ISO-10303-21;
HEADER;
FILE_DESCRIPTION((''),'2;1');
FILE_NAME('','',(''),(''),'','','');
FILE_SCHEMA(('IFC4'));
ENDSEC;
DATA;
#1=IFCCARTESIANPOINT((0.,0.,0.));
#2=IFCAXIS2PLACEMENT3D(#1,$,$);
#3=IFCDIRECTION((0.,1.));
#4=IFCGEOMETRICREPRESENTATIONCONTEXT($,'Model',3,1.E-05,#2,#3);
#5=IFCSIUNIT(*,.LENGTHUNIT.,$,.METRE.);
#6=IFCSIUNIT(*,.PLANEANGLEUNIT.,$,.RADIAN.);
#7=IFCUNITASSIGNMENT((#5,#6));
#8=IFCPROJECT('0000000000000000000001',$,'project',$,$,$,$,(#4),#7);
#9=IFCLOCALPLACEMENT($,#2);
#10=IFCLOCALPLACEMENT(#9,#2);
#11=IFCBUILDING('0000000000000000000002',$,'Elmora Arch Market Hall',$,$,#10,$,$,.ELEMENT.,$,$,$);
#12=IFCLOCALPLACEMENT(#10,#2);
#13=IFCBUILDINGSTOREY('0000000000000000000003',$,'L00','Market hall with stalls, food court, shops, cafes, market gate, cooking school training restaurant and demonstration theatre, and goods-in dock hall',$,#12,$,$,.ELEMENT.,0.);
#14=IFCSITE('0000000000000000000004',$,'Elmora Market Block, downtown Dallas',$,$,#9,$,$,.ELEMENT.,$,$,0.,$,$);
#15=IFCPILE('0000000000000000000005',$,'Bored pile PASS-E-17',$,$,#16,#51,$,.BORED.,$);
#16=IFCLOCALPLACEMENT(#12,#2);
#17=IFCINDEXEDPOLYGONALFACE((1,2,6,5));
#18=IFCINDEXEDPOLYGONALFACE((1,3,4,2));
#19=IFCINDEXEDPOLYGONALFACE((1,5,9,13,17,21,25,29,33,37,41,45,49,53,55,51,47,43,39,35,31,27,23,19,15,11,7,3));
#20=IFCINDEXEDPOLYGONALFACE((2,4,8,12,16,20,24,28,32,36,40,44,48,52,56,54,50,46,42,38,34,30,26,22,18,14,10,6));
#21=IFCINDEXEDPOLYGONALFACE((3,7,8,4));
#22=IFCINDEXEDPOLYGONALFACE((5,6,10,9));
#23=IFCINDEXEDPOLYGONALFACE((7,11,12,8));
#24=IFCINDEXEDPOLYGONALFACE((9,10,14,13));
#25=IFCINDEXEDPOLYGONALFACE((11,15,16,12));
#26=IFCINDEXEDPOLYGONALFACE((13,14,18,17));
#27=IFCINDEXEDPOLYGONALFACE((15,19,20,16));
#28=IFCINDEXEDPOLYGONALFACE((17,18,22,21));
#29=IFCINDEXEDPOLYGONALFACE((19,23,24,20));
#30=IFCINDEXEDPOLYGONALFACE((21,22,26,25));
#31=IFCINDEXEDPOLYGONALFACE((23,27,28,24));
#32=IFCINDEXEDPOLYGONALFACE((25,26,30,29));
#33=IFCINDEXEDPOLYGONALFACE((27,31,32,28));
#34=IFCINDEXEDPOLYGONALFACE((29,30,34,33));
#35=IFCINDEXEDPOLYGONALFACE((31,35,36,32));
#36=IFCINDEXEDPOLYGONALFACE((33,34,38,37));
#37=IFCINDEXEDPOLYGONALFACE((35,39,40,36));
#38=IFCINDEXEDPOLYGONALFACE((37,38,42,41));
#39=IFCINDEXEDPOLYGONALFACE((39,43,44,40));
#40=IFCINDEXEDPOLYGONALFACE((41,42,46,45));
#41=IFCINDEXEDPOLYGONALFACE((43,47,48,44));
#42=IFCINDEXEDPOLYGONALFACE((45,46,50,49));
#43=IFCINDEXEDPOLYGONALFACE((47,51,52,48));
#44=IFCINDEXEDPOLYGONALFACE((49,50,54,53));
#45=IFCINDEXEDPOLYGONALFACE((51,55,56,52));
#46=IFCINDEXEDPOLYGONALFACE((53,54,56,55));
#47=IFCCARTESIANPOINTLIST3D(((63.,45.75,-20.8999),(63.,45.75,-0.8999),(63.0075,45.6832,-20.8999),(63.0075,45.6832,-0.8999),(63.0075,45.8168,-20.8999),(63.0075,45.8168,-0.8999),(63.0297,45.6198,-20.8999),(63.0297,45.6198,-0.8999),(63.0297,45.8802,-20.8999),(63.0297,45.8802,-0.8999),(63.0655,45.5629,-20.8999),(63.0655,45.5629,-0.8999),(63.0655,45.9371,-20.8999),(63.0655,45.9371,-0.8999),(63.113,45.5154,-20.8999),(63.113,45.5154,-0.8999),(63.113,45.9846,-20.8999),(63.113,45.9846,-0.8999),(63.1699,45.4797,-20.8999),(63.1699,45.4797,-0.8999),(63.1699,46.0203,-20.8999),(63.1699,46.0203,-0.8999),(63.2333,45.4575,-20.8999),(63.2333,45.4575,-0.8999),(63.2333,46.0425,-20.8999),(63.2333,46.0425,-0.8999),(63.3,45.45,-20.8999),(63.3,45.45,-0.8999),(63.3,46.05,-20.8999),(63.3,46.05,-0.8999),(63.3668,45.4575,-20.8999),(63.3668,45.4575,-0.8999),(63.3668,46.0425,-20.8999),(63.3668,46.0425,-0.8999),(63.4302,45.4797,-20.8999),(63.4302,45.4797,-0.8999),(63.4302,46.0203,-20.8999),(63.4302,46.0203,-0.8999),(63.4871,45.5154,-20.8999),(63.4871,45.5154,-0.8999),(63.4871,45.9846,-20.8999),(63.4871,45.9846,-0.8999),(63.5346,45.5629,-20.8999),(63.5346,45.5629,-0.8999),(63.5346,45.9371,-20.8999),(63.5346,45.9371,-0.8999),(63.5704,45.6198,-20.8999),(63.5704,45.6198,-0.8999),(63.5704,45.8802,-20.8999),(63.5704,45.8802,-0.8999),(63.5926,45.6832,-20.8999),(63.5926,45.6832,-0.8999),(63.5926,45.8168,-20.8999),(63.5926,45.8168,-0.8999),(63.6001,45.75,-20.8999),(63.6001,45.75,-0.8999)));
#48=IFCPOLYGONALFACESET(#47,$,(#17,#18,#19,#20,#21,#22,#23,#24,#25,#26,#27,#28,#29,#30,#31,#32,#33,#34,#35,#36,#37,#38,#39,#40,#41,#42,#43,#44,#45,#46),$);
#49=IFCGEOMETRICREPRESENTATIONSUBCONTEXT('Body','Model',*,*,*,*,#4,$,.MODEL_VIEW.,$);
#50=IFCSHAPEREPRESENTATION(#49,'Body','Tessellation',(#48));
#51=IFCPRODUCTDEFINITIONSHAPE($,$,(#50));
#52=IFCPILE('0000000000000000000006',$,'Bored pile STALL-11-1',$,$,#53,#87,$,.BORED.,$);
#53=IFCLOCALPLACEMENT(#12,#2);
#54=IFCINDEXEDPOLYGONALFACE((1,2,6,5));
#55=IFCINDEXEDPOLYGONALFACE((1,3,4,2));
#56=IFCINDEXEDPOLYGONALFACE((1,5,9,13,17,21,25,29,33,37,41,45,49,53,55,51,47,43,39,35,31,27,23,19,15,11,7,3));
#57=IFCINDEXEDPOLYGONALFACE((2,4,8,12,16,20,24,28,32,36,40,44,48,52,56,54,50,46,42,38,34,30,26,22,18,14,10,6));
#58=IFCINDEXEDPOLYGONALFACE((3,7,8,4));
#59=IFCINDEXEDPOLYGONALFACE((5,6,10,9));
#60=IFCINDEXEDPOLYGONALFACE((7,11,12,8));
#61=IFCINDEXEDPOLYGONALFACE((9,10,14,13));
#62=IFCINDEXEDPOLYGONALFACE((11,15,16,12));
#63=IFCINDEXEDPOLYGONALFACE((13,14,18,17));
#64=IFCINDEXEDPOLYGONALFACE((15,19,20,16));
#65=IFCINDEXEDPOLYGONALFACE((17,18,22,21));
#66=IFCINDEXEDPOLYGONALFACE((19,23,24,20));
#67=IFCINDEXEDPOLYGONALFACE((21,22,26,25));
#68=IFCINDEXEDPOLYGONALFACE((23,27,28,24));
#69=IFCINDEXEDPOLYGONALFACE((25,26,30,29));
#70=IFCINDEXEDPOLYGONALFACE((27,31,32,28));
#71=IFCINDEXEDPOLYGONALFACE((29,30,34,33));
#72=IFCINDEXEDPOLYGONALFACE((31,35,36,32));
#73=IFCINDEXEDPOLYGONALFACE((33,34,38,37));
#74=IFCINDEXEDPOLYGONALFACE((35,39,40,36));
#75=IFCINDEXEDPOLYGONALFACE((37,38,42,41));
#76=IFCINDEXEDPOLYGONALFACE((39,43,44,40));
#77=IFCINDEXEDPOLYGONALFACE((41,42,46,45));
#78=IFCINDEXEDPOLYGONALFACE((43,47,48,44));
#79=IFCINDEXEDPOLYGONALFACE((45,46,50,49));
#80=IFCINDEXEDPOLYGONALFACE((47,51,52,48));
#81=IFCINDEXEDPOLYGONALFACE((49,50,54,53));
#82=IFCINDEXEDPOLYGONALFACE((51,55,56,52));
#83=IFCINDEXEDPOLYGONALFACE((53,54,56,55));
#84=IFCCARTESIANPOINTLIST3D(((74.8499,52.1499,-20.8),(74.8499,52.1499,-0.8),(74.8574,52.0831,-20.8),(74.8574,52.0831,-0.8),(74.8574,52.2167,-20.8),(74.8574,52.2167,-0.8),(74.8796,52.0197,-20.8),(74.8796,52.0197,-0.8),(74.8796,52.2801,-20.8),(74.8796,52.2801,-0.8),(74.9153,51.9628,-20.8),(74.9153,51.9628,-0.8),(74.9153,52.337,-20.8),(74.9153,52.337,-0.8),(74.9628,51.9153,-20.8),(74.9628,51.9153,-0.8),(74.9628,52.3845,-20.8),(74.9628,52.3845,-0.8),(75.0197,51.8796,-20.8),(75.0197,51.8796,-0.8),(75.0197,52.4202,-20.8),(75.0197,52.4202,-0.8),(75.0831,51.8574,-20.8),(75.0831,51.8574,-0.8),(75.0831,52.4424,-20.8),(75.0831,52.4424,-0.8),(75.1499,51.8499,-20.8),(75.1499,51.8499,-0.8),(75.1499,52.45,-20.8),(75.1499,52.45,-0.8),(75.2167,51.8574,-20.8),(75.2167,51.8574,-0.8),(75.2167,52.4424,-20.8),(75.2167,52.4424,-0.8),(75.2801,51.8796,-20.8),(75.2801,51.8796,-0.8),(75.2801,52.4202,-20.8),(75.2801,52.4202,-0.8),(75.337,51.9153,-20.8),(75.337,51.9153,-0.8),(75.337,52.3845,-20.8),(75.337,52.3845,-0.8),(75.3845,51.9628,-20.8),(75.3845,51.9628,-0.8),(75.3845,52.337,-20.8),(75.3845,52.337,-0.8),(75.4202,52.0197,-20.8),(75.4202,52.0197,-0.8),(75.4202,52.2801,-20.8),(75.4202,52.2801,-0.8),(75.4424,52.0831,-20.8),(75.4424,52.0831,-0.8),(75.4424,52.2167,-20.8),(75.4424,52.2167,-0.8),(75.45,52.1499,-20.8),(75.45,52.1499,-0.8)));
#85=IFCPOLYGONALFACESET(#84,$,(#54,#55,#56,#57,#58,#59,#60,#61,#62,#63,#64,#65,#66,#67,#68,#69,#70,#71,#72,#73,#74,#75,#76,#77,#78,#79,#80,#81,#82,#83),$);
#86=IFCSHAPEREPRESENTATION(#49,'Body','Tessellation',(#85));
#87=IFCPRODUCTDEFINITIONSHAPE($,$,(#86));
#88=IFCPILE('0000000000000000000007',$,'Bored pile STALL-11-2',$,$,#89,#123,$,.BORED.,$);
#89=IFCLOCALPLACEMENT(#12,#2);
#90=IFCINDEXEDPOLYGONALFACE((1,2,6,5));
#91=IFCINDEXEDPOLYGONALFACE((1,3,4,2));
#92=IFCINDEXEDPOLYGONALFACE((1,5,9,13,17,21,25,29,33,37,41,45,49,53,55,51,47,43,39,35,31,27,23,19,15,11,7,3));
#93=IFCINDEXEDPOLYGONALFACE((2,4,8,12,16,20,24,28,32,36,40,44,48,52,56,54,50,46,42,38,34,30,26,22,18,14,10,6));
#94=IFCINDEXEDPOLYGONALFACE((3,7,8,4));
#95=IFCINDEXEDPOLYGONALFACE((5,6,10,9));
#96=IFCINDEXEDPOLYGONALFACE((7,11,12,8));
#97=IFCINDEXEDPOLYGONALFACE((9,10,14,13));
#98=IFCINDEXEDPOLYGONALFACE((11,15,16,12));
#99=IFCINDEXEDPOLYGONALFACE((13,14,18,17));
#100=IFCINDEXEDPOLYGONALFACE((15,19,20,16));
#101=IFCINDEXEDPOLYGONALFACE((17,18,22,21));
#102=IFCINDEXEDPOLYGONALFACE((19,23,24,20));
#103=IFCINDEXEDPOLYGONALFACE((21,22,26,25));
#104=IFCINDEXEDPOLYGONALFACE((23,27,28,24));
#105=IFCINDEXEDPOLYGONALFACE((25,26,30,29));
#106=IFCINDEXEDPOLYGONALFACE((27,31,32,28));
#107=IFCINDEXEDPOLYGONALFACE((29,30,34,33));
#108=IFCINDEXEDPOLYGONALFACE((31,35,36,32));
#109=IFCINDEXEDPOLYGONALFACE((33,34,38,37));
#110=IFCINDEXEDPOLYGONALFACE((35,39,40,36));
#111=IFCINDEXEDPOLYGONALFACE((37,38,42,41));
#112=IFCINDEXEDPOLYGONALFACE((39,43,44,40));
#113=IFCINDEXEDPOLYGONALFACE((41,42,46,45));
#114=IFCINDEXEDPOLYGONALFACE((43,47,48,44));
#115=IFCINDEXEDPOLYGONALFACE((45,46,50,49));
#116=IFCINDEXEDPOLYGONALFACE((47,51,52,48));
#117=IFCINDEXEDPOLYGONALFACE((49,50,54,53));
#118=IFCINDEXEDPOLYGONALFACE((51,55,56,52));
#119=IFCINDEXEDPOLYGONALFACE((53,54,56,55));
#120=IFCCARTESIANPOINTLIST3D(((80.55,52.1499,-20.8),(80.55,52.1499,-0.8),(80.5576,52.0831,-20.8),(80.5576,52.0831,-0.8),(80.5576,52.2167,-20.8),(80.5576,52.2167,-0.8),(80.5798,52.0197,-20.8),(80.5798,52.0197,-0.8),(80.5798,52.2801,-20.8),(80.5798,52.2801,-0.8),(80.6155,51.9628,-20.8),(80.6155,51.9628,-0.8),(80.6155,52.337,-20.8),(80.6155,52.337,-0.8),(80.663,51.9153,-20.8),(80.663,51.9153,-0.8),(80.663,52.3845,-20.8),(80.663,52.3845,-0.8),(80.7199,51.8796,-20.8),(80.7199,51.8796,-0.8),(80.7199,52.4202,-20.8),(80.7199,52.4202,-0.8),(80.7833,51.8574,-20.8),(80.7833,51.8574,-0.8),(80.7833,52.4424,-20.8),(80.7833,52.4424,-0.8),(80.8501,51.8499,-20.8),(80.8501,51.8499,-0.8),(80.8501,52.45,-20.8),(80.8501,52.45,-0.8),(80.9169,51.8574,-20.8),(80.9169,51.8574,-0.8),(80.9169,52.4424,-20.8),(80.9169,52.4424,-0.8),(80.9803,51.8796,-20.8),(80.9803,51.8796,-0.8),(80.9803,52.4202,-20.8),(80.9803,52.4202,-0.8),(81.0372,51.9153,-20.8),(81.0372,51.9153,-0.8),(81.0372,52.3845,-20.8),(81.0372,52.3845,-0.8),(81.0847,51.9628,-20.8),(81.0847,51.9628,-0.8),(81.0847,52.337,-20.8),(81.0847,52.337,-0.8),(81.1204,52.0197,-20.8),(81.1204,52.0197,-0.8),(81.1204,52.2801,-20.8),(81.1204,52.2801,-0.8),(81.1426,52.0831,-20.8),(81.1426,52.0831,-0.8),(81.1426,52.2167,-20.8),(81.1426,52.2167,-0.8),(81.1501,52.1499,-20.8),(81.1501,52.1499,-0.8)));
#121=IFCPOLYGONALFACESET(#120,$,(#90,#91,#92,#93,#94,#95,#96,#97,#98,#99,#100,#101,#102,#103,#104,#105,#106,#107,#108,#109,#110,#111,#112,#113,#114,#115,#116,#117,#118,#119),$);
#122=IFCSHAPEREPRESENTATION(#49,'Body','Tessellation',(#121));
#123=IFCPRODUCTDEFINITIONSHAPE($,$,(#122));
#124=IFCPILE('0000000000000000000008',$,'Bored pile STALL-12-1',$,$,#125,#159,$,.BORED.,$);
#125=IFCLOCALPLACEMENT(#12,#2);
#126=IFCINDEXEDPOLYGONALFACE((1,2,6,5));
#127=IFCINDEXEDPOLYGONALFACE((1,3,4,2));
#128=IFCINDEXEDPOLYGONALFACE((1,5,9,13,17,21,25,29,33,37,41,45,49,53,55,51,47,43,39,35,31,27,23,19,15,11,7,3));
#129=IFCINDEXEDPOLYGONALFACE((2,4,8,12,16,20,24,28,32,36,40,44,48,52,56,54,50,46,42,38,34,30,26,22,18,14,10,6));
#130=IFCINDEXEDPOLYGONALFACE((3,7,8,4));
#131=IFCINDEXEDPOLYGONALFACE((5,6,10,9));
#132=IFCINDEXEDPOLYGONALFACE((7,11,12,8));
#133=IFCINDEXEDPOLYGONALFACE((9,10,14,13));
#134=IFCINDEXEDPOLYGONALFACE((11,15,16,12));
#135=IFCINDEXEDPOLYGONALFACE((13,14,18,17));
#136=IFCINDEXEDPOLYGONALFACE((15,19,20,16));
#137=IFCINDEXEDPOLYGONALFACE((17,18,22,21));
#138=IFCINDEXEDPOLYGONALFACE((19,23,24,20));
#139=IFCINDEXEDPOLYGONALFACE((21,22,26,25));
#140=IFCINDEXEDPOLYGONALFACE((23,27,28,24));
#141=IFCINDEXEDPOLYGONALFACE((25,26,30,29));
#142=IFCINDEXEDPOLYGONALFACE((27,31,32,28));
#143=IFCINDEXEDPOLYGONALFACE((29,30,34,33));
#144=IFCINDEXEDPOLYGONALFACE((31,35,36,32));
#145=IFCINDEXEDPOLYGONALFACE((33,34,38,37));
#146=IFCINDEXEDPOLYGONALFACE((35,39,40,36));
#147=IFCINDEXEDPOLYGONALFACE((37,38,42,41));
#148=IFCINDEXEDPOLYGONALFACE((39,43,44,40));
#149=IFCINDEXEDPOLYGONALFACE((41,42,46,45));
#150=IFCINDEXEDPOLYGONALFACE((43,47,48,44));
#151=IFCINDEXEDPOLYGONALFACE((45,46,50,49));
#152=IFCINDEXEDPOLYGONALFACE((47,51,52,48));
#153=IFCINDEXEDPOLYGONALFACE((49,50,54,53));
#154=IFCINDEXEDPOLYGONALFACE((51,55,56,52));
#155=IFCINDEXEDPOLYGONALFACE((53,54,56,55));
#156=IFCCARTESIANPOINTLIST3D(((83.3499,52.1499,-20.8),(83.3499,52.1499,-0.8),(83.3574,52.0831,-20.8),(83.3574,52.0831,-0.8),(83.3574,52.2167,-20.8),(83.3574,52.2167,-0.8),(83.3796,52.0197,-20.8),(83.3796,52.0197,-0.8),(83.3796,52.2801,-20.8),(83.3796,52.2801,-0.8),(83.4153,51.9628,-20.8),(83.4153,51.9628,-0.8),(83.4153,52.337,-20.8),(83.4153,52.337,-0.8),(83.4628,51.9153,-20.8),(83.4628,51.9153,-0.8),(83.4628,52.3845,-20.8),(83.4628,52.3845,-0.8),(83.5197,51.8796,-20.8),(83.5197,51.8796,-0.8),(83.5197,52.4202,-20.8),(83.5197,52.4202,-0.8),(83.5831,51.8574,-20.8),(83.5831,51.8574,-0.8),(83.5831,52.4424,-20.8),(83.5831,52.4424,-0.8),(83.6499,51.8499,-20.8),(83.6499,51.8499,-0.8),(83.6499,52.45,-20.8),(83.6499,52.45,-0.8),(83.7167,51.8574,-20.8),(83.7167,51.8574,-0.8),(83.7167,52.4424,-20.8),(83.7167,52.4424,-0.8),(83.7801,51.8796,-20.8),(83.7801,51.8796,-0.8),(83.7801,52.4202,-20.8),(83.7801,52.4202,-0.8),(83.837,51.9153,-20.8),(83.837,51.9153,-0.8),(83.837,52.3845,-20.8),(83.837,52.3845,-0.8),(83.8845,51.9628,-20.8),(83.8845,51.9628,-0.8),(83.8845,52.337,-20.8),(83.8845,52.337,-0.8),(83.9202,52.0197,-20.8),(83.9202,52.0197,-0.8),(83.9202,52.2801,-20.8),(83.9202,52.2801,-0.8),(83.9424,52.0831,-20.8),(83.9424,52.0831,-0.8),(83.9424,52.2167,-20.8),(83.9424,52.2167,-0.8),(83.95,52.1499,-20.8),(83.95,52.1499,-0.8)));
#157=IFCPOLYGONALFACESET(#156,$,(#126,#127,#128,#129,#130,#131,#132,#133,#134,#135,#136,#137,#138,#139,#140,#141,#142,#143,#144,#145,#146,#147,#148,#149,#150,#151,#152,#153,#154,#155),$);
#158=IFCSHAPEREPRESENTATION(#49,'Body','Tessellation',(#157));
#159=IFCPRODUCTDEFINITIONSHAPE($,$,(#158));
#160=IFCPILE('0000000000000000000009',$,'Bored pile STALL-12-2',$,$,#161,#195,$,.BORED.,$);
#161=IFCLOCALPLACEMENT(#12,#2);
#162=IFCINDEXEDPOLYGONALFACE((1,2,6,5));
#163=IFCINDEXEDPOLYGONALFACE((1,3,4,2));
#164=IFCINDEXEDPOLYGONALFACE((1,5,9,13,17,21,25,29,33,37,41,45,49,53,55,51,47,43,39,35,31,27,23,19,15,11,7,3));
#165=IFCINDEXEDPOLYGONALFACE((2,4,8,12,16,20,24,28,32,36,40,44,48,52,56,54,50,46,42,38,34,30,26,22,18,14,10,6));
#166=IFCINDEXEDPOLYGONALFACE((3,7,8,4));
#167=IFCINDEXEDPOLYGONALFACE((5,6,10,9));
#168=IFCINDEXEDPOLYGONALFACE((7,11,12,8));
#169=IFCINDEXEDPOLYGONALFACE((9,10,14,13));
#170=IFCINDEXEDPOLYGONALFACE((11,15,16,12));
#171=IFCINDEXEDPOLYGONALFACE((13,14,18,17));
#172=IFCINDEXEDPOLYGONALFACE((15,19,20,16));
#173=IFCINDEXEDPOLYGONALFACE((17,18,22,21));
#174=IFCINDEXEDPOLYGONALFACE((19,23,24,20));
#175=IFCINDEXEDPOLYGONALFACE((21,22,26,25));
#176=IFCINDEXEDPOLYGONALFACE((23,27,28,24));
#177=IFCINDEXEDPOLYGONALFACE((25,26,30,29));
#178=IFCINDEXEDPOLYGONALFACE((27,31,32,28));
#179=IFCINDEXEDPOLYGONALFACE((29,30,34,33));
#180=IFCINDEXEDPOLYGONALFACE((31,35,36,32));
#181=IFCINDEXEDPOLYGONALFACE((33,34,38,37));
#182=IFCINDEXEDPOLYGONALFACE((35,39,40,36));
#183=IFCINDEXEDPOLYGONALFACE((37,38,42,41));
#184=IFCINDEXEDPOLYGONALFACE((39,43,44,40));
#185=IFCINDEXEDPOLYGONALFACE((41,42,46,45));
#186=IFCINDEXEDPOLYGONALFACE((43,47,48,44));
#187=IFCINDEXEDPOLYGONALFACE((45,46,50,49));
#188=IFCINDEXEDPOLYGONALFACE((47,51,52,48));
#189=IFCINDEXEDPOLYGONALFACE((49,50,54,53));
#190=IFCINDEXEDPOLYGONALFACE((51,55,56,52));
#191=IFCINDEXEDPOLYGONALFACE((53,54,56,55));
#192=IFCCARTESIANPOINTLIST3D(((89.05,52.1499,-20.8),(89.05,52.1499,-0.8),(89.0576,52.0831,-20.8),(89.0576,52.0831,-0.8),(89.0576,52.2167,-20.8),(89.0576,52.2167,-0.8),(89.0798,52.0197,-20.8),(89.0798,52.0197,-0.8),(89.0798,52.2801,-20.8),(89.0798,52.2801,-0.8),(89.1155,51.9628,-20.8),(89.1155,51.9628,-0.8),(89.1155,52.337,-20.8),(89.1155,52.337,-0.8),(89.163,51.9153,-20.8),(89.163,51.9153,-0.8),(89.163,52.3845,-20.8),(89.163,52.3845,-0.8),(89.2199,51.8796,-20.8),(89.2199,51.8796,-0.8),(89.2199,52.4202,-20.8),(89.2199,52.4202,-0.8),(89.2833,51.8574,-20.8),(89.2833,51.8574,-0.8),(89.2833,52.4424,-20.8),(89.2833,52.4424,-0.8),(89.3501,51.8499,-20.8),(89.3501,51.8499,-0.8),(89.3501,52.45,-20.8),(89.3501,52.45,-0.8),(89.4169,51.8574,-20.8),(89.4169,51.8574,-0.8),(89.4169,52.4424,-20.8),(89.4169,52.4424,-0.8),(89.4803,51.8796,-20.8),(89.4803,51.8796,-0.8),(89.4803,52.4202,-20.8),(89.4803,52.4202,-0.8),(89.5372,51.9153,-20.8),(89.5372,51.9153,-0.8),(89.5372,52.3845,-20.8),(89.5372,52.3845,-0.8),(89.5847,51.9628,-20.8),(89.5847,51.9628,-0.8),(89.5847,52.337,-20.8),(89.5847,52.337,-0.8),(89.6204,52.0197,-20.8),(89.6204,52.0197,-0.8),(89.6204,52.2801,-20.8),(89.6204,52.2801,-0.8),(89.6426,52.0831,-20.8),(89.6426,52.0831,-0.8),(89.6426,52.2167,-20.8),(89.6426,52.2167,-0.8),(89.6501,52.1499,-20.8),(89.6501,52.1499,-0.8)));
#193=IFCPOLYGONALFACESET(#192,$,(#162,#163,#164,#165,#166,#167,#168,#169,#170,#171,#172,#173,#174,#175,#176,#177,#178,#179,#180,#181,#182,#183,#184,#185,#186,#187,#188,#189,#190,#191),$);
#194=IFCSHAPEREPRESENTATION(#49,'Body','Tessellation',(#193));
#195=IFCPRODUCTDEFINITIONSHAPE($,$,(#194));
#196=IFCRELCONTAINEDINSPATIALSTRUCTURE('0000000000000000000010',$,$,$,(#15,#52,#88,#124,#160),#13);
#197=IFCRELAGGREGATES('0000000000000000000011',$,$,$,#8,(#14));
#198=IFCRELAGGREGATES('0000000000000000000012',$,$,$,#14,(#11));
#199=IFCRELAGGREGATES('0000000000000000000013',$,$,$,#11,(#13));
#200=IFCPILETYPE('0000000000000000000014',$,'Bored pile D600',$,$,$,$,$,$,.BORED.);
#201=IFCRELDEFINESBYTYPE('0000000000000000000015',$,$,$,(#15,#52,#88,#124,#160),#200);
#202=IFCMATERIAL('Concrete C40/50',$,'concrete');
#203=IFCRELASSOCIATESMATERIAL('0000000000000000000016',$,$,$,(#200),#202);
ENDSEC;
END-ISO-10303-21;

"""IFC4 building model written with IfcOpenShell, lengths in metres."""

from ifc_helpers import new_model, si_unit, direction, frame, origin, origin_2d, place, context, subcontext, project, spatial, circle, extrude, material, material_profile, profile_set, type_object, element, save


model = new_model("IFC4")

# Units and contexts
model_context = context("Model", 3, precision=1e-05, world=origin(), true_north=direction((0.0, 1.0)))
body_context = subcontext(model_context, "Body", "Model", "MODEL_VIEW")
ifc_project = project(units=[si_unit("LENGTHUNIT", "METRE"), si_unit("PLANEANGLEUNIT", "RADIAN")], contexts=[model_context])

# Site, building, storey
site_placement = place(None, origin())
site = spatial("IfcSite", under=ifc_project, at=site_placement, Name="Elmora Market Block, downtown Dallas", CompositionType="ELEMENT", RefElevation=0.0)
building_placement = place(site_placement, origin())
building = spatial("IfcBuilding", under=site, at=building_placement, Name="Elmora Arch Market Hall", CompositionType="ELEMENT")
storey_placement = place(building_placement, origin())
storey = spatial("IfcBuildingStorey", under=building, at=storey_placement, Name="L00", Description="Market hall with stalls, food court, shops, cafes, market gate, cooking school training restaurant and demonstration theatre, and goods-in dock hall", CompositionType="ELEMENT", Elevation=0.0)

# Piles
ifc_material_1 = material(Name="Concrete C40/50", Category="concrete")
ifc_material_profile_1 = material_profile(ifc_material_1, circle(Radius=0.3, at=origin_2d()), Name="Bored pile D600")
ifc_profile_set_1 = profile_set([ifc_material_profile_1], Name="Concrete C40/50")
pile_type = type_object("IfcPileType", Name="Bored pile D600", PredefinedType="BORED", material=ifc_profile_set_1)
for number, where, z_axis, x_axis, name in (
    (1, (63.3, 45.75, -0.8999), (0.0, 0.0, -1.0), (1.0, 0.0, 0.0), "Bored pile PASS-E-17"),
    (2, (75.1499, 52.1499, -0.8), (0.0, 0.0, -1.0), (1.0, 0.0, 0.0), "Bored pile STALL-11-1"),
    (3, (80.8501, 52.1499, -0.8), (0.0, 0.0, -1.0), (1.0, 0.0, 0.0), "Bored pile STALL-11-2"),
    (4, (83.6499, 52.1499, -0.8), (0.0, 0.0, -1.0), (1.0, 0.0, 0.0), "Bored pile STALL-12-1"),
    (5, (89.3501, 52.1499, -0.8), (0.0, 0.0, -1.0), (1.0, 0.0, 0.0), "Bored pile STALL-12-2"),
):
    element("IfcPile", number, at=place(storey_placement, frame(where, z_axis=z_axis, x_axis=x_axis)), inside=storey, type_object=pile_type, Name=name, PredefinedType="BORED", context=body_context, shape_type="SweptSolid", body=[
        extrude(circle(Radius=0.3, at=origin_2d()), origin(), (0.0, 0.0, 1.0), 20.0),
    ])

save(model, "model.ifc")
